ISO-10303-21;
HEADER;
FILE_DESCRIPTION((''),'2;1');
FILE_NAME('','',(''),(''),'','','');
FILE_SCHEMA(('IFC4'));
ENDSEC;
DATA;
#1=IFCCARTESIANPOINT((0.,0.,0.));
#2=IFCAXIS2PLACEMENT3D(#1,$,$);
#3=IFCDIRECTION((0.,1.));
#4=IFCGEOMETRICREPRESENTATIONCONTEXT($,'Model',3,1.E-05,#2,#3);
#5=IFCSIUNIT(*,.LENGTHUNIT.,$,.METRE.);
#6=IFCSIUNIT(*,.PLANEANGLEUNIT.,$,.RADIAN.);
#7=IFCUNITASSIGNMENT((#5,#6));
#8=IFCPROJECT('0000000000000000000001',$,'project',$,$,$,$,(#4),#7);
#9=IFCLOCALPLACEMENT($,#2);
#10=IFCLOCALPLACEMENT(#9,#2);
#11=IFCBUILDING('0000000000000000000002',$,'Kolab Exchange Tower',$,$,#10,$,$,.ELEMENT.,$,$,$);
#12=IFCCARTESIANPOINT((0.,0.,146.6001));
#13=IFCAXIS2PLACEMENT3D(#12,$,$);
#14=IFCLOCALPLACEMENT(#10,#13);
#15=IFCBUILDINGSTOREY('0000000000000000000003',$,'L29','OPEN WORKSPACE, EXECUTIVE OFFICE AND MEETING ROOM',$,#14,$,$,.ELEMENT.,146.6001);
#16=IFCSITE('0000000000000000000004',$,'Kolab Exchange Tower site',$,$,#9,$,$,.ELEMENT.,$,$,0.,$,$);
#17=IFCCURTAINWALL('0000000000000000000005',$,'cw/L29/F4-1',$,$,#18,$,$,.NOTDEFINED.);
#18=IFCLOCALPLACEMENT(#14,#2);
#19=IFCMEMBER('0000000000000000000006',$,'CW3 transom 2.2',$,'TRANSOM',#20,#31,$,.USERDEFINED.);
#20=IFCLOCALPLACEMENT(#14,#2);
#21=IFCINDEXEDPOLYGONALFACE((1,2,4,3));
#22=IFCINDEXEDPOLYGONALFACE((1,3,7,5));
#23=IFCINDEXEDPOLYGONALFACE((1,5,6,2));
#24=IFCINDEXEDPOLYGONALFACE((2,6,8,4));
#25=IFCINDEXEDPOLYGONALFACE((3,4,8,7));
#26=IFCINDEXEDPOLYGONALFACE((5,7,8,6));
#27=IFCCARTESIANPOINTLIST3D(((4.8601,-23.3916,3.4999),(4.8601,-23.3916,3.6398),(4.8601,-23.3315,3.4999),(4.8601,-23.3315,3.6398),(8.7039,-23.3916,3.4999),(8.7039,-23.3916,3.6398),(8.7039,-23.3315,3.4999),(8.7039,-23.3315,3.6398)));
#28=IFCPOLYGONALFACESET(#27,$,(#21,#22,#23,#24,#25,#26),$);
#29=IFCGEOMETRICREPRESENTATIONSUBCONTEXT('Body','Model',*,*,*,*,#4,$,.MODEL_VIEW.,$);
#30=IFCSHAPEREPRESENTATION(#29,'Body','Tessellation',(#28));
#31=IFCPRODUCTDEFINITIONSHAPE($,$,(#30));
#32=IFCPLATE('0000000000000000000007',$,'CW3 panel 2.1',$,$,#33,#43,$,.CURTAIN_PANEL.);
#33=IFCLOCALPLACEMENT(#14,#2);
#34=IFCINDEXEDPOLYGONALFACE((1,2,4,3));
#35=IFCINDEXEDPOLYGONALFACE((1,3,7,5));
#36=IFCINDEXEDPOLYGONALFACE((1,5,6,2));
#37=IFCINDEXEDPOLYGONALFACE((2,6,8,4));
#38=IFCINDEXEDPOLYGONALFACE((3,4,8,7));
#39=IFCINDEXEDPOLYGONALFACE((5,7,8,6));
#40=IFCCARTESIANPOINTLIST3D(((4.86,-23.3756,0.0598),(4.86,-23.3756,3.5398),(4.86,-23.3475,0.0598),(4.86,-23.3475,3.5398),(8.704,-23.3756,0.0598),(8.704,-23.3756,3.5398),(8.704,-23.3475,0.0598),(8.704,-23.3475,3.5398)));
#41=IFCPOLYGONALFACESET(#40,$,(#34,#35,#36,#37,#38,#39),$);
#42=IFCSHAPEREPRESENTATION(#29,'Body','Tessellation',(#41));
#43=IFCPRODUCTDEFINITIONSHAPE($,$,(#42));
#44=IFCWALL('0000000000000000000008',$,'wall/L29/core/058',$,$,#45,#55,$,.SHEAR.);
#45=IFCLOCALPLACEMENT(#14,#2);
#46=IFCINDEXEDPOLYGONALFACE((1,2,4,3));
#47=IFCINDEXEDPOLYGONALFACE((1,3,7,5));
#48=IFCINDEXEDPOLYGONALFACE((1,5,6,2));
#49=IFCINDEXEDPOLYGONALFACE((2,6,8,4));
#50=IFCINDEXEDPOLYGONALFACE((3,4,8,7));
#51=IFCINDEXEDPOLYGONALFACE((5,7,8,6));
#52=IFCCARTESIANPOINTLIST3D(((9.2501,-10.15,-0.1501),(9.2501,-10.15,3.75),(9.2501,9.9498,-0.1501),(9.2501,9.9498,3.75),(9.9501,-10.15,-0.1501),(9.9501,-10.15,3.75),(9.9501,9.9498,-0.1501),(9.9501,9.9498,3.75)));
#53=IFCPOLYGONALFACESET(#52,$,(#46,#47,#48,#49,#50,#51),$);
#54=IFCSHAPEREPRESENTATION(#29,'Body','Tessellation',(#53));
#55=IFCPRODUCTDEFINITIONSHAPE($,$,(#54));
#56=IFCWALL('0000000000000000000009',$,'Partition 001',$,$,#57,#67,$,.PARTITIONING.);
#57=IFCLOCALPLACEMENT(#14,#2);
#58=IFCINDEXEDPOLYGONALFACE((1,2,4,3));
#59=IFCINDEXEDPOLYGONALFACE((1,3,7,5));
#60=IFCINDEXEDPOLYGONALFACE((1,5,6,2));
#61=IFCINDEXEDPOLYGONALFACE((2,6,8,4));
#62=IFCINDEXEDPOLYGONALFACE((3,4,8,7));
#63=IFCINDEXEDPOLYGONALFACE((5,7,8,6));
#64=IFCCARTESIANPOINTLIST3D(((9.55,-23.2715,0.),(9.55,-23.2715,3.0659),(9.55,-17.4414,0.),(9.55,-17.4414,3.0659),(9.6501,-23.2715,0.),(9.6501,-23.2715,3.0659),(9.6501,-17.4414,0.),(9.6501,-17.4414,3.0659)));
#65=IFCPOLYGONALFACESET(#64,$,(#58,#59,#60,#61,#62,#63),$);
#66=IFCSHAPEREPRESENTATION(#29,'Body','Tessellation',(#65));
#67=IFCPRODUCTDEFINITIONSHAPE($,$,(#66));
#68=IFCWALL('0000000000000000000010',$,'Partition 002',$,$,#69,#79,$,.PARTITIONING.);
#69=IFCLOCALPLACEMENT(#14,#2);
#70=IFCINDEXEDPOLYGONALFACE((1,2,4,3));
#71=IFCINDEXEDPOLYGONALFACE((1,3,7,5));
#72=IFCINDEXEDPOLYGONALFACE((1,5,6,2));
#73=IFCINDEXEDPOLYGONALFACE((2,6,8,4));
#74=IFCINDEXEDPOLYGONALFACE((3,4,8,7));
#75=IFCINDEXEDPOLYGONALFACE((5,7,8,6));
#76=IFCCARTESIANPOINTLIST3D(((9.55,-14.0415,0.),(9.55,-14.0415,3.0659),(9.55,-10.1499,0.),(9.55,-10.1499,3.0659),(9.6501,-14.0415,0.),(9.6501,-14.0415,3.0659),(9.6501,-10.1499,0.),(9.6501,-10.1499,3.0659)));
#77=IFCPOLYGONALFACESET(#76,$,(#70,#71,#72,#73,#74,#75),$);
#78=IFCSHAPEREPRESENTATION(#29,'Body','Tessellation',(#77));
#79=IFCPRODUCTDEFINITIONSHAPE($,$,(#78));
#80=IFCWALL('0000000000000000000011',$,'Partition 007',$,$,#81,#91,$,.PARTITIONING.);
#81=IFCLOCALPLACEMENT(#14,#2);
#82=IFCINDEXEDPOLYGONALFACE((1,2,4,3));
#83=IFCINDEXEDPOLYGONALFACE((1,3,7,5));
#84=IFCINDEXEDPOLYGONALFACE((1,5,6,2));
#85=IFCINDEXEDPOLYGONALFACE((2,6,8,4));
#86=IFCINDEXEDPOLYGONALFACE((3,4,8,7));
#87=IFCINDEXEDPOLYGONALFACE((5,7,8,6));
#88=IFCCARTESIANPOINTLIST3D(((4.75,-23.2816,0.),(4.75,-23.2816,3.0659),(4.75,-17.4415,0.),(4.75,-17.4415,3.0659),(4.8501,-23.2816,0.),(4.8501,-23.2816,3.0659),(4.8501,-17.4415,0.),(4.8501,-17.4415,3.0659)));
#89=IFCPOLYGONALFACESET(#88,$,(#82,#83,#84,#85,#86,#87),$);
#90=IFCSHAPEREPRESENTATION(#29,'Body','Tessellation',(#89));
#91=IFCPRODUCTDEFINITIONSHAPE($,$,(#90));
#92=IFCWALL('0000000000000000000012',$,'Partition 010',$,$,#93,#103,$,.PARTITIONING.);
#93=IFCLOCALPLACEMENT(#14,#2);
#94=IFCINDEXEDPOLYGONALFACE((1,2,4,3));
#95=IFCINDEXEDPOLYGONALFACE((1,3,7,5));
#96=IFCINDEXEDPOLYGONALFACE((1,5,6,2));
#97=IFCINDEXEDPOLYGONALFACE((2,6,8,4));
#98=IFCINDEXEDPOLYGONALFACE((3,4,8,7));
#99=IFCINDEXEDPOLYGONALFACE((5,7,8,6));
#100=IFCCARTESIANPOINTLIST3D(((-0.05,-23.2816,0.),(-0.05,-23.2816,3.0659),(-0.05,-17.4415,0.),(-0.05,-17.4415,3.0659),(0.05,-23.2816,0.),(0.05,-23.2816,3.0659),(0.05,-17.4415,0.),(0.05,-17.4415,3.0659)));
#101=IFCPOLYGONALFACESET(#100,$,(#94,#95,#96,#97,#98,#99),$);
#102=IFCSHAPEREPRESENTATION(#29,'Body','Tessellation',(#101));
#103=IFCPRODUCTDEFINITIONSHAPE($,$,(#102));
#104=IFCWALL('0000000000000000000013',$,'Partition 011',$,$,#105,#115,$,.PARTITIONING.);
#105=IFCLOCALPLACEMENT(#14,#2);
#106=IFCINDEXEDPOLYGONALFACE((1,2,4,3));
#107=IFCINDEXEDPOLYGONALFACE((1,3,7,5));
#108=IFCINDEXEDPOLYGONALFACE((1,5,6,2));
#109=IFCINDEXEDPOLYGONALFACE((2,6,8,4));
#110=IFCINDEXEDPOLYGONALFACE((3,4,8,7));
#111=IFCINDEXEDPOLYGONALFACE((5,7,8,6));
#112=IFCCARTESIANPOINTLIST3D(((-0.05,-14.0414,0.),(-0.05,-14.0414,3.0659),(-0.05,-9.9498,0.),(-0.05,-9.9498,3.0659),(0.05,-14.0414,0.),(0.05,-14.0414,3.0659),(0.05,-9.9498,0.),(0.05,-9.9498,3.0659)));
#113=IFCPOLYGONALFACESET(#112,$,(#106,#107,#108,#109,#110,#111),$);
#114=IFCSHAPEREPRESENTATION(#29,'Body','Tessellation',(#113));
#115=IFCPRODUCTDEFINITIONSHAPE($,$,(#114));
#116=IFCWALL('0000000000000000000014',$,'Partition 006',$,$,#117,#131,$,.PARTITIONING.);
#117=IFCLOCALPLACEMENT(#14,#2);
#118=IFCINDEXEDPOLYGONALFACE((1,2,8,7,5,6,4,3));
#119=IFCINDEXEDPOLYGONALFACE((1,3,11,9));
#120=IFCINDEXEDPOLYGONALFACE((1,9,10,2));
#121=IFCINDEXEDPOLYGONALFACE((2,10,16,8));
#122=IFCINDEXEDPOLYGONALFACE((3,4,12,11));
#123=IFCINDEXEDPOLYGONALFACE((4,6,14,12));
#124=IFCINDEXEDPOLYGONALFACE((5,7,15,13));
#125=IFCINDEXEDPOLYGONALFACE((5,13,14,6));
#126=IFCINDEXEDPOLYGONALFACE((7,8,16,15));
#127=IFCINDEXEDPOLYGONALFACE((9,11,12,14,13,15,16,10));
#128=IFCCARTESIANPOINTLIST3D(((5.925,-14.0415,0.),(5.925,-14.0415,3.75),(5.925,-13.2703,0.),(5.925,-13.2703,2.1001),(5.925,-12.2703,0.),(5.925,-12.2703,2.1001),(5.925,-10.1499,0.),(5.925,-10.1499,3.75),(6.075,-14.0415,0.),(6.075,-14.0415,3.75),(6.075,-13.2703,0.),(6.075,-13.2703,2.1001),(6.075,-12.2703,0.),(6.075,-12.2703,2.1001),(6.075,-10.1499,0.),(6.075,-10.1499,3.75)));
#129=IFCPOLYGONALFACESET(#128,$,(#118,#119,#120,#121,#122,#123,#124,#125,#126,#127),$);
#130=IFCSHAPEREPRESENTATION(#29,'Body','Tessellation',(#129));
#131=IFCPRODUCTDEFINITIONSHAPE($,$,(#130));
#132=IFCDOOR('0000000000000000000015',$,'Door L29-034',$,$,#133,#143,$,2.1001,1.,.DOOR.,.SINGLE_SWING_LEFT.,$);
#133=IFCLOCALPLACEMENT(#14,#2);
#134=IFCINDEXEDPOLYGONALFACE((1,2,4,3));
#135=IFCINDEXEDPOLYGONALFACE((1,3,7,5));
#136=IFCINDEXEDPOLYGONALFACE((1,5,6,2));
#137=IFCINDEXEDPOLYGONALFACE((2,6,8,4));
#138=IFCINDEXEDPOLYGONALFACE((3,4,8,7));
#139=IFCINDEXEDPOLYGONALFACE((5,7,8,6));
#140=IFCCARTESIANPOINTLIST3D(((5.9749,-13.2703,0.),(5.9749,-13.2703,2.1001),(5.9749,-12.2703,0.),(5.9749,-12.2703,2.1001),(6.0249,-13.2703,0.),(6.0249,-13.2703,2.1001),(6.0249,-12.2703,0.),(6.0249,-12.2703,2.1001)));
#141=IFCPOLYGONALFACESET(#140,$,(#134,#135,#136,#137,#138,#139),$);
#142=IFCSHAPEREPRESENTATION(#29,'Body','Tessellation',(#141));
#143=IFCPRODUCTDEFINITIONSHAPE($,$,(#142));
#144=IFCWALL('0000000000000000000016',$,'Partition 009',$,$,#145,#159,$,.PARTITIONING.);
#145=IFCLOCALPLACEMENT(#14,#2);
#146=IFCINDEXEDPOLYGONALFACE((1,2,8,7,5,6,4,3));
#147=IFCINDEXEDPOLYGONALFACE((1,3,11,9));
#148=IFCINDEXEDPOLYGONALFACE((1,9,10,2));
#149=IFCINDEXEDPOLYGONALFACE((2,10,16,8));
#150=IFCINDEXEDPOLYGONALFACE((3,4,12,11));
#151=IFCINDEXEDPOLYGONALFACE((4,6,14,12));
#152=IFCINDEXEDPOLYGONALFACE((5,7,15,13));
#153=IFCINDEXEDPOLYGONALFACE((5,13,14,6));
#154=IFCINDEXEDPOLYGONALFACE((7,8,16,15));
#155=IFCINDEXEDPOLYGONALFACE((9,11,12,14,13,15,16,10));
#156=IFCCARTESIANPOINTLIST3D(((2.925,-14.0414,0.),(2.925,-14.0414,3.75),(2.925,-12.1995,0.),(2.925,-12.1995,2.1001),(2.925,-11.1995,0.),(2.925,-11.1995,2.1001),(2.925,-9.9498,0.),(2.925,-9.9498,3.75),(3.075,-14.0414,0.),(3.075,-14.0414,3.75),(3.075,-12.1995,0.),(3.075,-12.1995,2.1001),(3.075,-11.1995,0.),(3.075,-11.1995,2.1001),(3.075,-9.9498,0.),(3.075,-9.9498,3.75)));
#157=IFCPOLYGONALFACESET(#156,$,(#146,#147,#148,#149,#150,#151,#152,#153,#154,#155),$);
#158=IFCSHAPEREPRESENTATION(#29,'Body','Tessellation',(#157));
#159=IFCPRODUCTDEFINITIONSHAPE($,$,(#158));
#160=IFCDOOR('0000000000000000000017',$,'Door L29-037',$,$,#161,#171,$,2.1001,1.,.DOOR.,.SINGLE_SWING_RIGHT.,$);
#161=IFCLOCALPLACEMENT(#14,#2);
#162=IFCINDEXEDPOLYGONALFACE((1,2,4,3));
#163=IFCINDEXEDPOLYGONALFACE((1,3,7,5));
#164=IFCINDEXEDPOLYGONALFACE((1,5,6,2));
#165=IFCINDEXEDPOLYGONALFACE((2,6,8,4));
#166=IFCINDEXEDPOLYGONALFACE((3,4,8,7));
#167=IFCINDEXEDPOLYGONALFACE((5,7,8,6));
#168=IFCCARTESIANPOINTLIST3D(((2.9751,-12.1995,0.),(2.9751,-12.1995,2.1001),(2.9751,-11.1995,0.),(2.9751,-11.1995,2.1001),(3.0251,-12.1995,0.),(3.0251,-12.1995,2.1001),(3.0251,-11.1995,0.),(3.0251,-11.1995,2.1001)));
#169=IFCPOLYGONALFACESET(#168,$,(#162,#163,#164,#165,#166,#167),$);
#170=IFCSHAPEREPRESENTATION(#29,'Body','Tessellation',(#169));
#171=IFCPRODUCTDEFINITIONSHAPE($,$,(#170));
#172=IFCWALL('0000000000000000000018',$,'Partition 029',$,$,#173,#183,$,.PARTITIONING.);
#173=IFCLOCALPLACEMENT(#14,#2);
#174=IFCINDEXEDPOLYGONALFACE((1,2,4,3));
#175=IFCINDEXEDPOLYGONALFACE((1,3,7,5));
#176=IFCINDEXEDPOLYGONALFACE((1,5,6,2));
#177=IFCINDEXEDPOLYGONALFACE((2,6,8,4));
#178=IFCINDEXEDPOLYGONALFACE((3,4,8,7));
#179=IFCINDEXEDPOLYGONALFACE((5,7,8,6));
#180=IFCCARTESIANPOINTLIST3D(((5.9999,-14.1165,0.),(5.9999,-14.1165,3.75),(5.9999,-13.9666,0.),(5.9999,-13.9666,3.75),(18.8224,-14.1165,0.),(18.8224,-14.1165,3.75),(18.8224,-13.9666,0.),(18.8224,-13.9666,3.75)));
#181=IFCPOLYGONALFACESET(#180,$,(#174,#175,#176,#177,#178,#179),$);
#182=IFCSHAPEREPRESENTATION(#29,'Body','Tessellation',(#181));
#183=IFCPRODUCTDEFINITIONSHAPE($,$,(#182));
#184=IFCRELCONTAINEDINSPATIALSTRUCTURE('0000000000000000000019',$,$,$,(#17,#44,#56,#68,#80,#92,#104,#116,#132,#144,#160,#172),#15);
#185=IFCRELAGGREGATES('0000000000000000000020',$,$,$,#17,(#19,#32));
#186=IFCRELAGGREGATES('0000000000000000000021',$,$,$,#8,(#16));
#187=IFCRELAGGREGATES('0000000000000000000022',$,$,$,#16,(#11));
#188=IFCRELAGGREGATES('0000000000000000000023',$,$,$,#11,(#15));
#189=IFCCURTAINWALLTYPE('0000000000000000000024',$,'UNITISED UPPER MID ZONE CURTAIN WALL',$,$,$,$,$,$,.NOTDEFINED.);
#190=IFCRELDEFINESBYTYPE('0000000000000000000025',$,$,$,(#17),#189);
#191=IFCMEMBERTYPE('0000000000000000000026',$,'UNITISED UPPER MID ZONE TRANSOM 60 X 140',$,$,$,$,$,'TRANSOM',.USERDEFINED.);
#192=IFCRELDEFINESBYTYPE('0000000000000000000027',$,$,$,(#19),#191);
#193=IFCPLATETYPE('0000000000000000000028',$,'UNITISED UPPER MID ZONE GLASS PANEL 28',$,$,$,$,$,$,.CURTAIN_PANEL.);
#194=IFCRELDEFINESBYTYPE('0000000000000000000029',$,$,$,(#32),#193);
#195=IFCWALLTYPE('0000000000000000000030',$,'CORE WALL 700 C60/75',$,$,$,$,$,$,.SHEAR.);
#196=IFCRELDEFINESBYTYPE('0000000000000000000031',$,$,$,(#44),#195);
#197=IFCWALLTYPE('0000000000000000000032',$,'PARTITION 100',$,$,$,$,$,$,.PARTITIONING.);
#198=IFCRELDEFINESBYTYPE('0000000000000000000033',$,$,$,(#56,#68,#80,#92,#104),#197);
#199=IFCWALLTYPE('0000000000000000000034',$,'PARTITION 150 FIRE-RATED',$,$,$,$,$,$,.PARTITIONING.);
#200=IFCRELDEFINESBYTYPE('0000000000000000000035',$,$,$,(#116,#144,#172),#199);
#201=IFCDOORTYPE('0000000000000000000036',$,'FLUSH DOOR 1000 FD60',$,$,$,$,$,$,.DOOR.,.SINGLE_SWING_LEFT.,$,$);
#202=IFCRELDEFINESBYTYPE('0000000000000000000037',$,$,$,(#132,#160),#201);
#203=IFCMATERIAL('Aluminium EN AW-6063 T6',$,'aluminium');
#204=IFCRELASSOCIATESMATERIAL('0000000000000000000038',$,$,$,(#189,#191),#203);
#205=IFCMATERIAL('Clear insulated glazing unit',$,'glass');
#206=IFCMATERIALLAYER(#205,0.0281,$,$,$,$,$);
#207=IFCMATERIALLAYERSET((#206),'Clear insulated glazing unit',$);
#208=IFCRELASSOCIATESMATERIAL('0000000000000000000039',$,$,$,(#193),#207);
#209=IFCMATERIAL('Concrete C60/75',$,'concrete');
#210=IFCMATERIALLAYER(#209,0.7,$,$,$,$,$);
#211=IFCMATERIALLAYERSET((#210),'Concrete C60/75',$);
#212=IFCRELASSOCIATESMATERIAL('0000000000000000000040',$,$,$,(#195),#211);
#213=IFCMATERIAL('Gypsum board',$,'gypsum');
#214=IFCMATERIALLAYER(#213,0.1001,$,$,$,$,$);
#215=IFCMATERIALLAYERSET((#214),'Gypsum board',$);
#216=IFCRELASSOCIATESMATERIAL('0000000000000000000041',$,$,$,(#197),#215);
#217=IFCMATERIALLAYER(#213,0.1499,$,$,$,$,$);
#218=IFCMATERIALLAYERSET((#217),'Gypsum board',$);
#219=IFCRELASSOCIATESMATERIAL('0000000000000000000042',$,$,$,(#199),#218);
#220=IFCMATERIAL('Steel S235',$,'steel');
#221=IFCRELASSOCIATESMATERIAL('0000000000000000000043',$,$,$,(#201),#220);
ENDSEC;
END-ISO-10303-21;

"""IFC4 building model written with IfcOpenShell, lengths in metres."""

from ifc_helpers import new_model, si_unit, direction, frame, frame_2d, origin, origin_2d, place, context, subcontext, project, spatial, rectangle, extrude, material, layer, layer_set, material_profile, profile_set, type_object, element, fill, aggregate, save


model = new_model("IFC4")

# Units and contexts
model_context = context("Model", 3, precision=1e-05, world=origin(), true_north=direction((0.0, 1.0)))
body_context = subcontext(model_context, "Body", "Model", "MODEL_VIEW")
ifc_project = project(units=[si_unit("LENGTHUNIT", "METRE"), si_unit("PLANEANGLEUNIT", "RADIAN")], contexts=[model_context])

# Site, building, storey
site_placement = place(None, origin())
site = spatial("IfcSite", under=ifc_project, at=site_placement, Name="Kolab Exchange Tower site", CompositionType="ELEMENT", RefElevation=0.0)
building_placement = place(site_placement, origin())
building = spatial("IfcBuilding", under=site, at=building_placement, Name="Kolab Exchange Tower", CompositionType="ELEMENT")
storey_placement = place(building_placement, frame((0.0, 0.0, 146.6001)))
storey = spatial("IfcBuildingStorey", under=building, at=storey_placement, Name="L29", Description="OPEN WORKSPACE, EXECUTIVE OFFICE AND MEETING ROOM", CompositionType="ELEMENT", Elevation=146.6001)

# Shared definitions
ifc_material_1 = material(Name="Concrete C60/75", Category="concrete")

# Curtain wall
ifc_material_2 = material(Name="Aluminium EN AW-6063 T6", Category="aluminium")
curtain_wall_type = type_object("IfcCurtainWallType", Name="UNITISED UPPER MID ZONE CURTAIN WALL", PredefinedType="NOTDEFINED", material=ifc_material_2)
curtain_wall_1_placement = place(storey_placement, origin())
curtain_wall_1 = element("IfcCurtainWall", 1, at=curtain_wall_1_placement, inside=storey, type_object=curtain_wall_type, Name="cw/L29/F4-1", PredefinedType="NOTDEFINED")

# Member
ifc_material_profile_1 = material_profile(ifc_material_2, rectangle(XDim=0.0601, YDim=0.1399, at=origin_2d()), Name="RECT 60X140")
ifc_profile_set_1 = profile_set([ifc_material_profile_1], Name="Aluminium EN AW-6063 T6")
member_type_1 = type_object("IfcMemberType", Name="UNITISED UPPER MID ZONE TRANSOM 60 X 140", ElementType="TRANSOM", PredefinedType="USERDEFINED", material=ifc_profile_set_1)
member_1_placement = place(storey_placement, frame((8.7039, -23.3616, 3.5698), z_axis=(-1.0, 0.0, 0.0), x_axis=(0.0, -1.0, 0.0)))
member_1 = element("IfcMember", 2, at=member_1_placement, type_object=member_type_1, Name="CW3 transom 2.2", ObjectType="TRANSOM", PredefinedType="USERDEFINED", context=body_context, shape_type="SweptSolid", body=[
    extrude(rectangle(XDim=0.0601, YDim=0.1399, at=origin_2d()), origin(), (0.0, 0.0, 1.0), 3.8438),
])

# Plate
ifc_material_3 = material(Name="Clear insulated glazing unit", Category="glass")
ifc_layer_1 = layer(ifc_material_3, 0.0281)
ifc_layer_set_1 = layer_set([ifc_layer_1], Name="Clear insulated glazing unit")
plate_type = type_object("IfcPlateType", Name="UNITISED UPPER MID ZONE GLASS PANEL 28", PredefinedType="CURTAIN_PANEL", material=ifc_layer_set_1)
plate_placement = place(storey_placement, frame((6.782, -23.3616, 0.0598), z_axis=(0.0, 0.0, 1.0), x_axis=(-1.0, 0.0, 0.0)))
plate = element("IfcPlate", 3, at=plate_placement, type_object=plate_type, Name="CW3 panel 2.1", PredefinedType="CURTAIN_PANEL", context=body_context, shape_type="SweptSolid", body=[
    extrude(rectangle(XDim=3.844, YDim=0.0281, at=origin_2d()), origin(), (0.0, 0.0, 1.0), 3.48),
])
aggregate(curtain_wall_1, [member_1, plate])

# Wall
ifc_layer_2 = layer(ifc_material_1, 0.7)
ifc_layer_set_2 = layer_set([ifc_layer_2], Name="Concrete C60/75")
wall_type_1 = type_object("IfcWallType", Name="CORE WALL 700 C60/75", PredefinedType="SHEAR", material=ifc_layer_set_2)
wall_1_placement = place(storey_placement, frame((9.6001, -10.1499, -0.1501), z_axis=(0.0, 0.0, 1.0), x_axis=(0.0, 1.0, 0.0)))
element("IfcWall", 4, at=wall_1_placement, inside=storey, type_object=wall_type_1, Name="wall/L29/core/058", PredefinedType="SHEAR", context=body_context, shape_type="SweptSolid", body=[
    extrude(rectangle(XDim=20.0999, YDim=0.7, at=frame_2d((10.0498, 0.0))), origin(), (0.0, 0.0, 1.0), 3.9001),
])

# Walls
ifc_material_4 = material(Name="Gypsum board", Category="gypsum")
ifc_layer_3 = layer(ifc_material_4, 0.1001)
ifc_layer_set_3 = layer_set([ifc_layer_3], Name="Gypsum board")
wall_type_2 = type_object("IfcWallType", Name="PARTITION 100", PredefinedType="PARTITIONING", material=ifc_layer_set_3)
wall_2_placement = place(storey_placement, frame((9.6001, -23.2715, 0.0), z_axis=(0.0, 0.0, 1.0), x_axis=(0.0, 1.0, 0.0)))
element("IfcWall", 5, at=wall_2_placement, inside=storey, type_object=wall_type_2, Name="Partition 001", PredefinedType="PARTITIONING", context=body_context, shape_type="SweptSolid", body=[
    extrude(rectangle(XDim=5.8301, YDim=0.1001, at=frame_2d((2.915, 0.0))), origin(), (0.0, 0.0, 1.0), 3.0659),
])
wall_3_placement = place(storey_placement, frame((9.6001, -14.0415, 0.0), z_axis=(0.0, 0.0, 1.0), x_axis=(0.0, 1.0, 0.0)))
element("IfcWall", 6, at=wall_3_placement, inside=storey, type_object=wall_type_2, Name="Partition 002", PredefinedType="PARTITIONING", context=body_context, shape_type="SweptSolid", body=[
    extrude(rectangle(XDim=3.8916, YDim=0.1001, at=frame_2d((1.9458, 0.0))), origin(), (0.0, 0.0, 1.0), 3.0659),
])
for number, where, z_axis, x_axis, name in (
    (7, (4.8, -23.2815, 0.0), (0.0, 0.0, 1.0), (0.0, 1.0, 0.0), "Partition 007"),
    (8, (0.0, -23.2815, 0.0), (0.0, 0.0, 1.0), (0.0, 1.0, 0.0), "Partition 010"),
):
    element("IfcWall", number, at=place(storey_placement, frame(where, z_axis=z_axis, x_axis=x_axis)), inside=storey, type_object=wall_type_2, Name=name, PredefinedType="PARTITIONING", context=body_context, shape_type="SweptSolid", body=[
        extrude(rectangle(XDim=5.8401, YDim=0.1001, at=frame_2d((2.9199, 0.0))), origin(), (0.0, 0.0, 1.0), 3.0659),
    ])
wall_4_placement = place(storey_placement, frame((0.0, -14.0415, 0.0), z_axis=(0.0, 0.0, 1.0), x_axis=(0.0, 1.0, 0.0)))
element("IfcWall", 9, at=wall_4_placement, inside=storey, type_object=wall_type_2, Name="Partition 011", PredefinedType="PARTITIONING", context=body_context, shape_type="SweptSolid", body=[
    extrude(rectangle(XDim=4.0916, YDim=0.1001, at=frame_2d((2.0459, 0.0))), origin(), (0.0, 0.0, 1.0), 3.0659),
])

# Walls, openings, doors
ifc_layer_4 = layer(ifc_material_4, 0.1499)
ifc_layer_set_4 = layer_set([ifc_layer_4], Name="Gypsum board")
wall_type_3 = type_object("IfcWallType", Name="PARTITION 150 FIRE-RATED", PredefinedType="PARTITIONING", material=ifc_layer_set_4)
wall_5_placement = place(storey_placement, frame((6.0, -14.0415, 0.0), z_axis=(0.0, 0.0, 1.0), x_axis=(0.0, 1.0, 0.0)))
wall_5 = element("IfcWall", 10, at=wall_5_placement, inside=storey, type_object=wall_type_3, Name="Partition 006", PredefinedType="PARTITIONING", context=body_context, shape_type="SweptSolid", body=[
    extrude(rectangle(XDim=3.8916, YDim=0.1499, at=frame_2d((1.9458, 0.0))), origin(), (0.0, 0.0, 1.0), 3.75),
])
opening_1_placement = place(wall_5_placement, frame((0.7712, 0.0, 0.0)))
opening_1 = element("IfcOpeningElement", 11, at=opening_1_placement, cuts=wall_5, PredefinedType="OPENING", context=body_context, shape_type="SweptSolid", body=[
    extrude(rectangle(XDim=1.0, YDim=2.1001, at=frame_2d((0.5, 1.05))), frame((0.0, 0.085, 0.0), z_axis=(0.0, -1.0, 0.0), x_axis=(1.0, 0.0, 0.0)), (0.0, 0.0, 1.0), 0.1699),
])
ifc_material_5 = material(Name="Steel S235", Category="steel")
door_type_1 = type_object("IfcDoorType", Name="FLUSH DOOR 1000 FD60", OperationType="SINGLE_SWING_LEFT", PredefinedType="DOOR", material=ifc_material_5)
door_1_placement = place(opening_1_placement, frame((1.0, 0.0, 0.0), z_axis=(0.0, 0.0, 1.0), x_axis=(-1.0, 0.0, 0.0)))
door_1 = element("IfcDoor", 12, at=door_1_placement, inside=storey, type_object=door_type_1, Name="Door L29-034", OperationType="SINGLE_SWING_LEFT", OverallHeight=2.1001, OverallWidth=1.0, PredefinedType="DOOR", context=body_context, shape_type="SweptSolid", body=[
    extrude(rectangle(XDim=1.0, YDim=2.1001, at=frame_2d((0.5, 1.05))), frame((0.0, 0.0249, 0.0), z_axis=(0.0, -1.0, 0.0), x_axis=(1.0, 0.0, 0.0)), (0.0, 0.0, 1.0), 0.05),
])
fill(opening_1, door_1)
wall_6_placement = place(storey_placement, frame((3.0, -14.0415, 0.0), z_axis=(0.0, 0.0, 1.0), x_axis=(0.0, 1.0, 0.0)))
wall_6 = element("IfcWall", 13, at=wall_6_placement, inside=storey, type_object=wall_type_3, Name="Partition 009", PredefinedType="PARTITIONING", context=body_context, shape_type="SweptSolid", body=[
    extrude(rectangle(XDim=4.0916, YDim=0.1499, at=frame_2d((2.0459, 0.0))), origin(), (0.0, 0.0, 1.0), 3.75),
])
opening_2_placement = place(wall_6_placement, frame((1.842, 0.0, 0.0)))
opening_2 = element("IfcOpeningElement", 14, at=opening_2_placement, cuts=wall_6, PredefinedType="OPENING", context=body_context, shape_type="SweptSolid", body=[
    extrude(rectangle(XDim=1.0, YDim=2.1001, at=frame_2d((0.5, 1.05))), frame((0.0, 0.085, 0.0), z_axis=(0.0, -1.0, 0.0), x_axis=(1.0, 0.0, 0.0)), (0.0, 0.0, 1.0), 0.1699),
])
door_2_placement = place(opening_2_placement, origin())
door_2 = element("IfcDoor", 15, at=door_2_placement, inside=storey, type_object=door_type_1, Name="Door L29-037", OperationType="SINGLE_SWING_RIGHT", OverallHeight=2.1001, OverallWidth=1.0, PredefinedType="DOOR", context=body_context, shape_type="SweptSolid", body=[
    extrude(rectangle(XDim=1.0, YDim=2.1001, at=frame_2d((0.5, 1.05))), frame((0.0, 0.0249, 0.0), z_axis=(0.0, -1.0, 0.0), x_axis=(1.0, 0.0, 0.0)), (0.0, 0.0, 1.0), 0.05),
])
fill(opening_2, door_2)

# Wall
wall_7_placement = place(storey_placement, frame((6.0, -14.0415, 0.0), z_axis=(0.0, 0.0, 1.0), x_axis=(1.0, 0.0, 0.0)))
element("IfcWall", 16, at=wall_7_placement, inside=storey, type_object=wall_type_3, Name="Partition 029", PredefinedType="PARTITIONING", context=body_context, shape_type="SweptSolid", body=[
    extrude(rectangle(XDim=12.8225, YDim=0.1499, at=frame_2d((6.4111, 0.0))), origin(), (0.0, 0.0, 1.0), 3.75),
])

save(model, "model.ifc")
